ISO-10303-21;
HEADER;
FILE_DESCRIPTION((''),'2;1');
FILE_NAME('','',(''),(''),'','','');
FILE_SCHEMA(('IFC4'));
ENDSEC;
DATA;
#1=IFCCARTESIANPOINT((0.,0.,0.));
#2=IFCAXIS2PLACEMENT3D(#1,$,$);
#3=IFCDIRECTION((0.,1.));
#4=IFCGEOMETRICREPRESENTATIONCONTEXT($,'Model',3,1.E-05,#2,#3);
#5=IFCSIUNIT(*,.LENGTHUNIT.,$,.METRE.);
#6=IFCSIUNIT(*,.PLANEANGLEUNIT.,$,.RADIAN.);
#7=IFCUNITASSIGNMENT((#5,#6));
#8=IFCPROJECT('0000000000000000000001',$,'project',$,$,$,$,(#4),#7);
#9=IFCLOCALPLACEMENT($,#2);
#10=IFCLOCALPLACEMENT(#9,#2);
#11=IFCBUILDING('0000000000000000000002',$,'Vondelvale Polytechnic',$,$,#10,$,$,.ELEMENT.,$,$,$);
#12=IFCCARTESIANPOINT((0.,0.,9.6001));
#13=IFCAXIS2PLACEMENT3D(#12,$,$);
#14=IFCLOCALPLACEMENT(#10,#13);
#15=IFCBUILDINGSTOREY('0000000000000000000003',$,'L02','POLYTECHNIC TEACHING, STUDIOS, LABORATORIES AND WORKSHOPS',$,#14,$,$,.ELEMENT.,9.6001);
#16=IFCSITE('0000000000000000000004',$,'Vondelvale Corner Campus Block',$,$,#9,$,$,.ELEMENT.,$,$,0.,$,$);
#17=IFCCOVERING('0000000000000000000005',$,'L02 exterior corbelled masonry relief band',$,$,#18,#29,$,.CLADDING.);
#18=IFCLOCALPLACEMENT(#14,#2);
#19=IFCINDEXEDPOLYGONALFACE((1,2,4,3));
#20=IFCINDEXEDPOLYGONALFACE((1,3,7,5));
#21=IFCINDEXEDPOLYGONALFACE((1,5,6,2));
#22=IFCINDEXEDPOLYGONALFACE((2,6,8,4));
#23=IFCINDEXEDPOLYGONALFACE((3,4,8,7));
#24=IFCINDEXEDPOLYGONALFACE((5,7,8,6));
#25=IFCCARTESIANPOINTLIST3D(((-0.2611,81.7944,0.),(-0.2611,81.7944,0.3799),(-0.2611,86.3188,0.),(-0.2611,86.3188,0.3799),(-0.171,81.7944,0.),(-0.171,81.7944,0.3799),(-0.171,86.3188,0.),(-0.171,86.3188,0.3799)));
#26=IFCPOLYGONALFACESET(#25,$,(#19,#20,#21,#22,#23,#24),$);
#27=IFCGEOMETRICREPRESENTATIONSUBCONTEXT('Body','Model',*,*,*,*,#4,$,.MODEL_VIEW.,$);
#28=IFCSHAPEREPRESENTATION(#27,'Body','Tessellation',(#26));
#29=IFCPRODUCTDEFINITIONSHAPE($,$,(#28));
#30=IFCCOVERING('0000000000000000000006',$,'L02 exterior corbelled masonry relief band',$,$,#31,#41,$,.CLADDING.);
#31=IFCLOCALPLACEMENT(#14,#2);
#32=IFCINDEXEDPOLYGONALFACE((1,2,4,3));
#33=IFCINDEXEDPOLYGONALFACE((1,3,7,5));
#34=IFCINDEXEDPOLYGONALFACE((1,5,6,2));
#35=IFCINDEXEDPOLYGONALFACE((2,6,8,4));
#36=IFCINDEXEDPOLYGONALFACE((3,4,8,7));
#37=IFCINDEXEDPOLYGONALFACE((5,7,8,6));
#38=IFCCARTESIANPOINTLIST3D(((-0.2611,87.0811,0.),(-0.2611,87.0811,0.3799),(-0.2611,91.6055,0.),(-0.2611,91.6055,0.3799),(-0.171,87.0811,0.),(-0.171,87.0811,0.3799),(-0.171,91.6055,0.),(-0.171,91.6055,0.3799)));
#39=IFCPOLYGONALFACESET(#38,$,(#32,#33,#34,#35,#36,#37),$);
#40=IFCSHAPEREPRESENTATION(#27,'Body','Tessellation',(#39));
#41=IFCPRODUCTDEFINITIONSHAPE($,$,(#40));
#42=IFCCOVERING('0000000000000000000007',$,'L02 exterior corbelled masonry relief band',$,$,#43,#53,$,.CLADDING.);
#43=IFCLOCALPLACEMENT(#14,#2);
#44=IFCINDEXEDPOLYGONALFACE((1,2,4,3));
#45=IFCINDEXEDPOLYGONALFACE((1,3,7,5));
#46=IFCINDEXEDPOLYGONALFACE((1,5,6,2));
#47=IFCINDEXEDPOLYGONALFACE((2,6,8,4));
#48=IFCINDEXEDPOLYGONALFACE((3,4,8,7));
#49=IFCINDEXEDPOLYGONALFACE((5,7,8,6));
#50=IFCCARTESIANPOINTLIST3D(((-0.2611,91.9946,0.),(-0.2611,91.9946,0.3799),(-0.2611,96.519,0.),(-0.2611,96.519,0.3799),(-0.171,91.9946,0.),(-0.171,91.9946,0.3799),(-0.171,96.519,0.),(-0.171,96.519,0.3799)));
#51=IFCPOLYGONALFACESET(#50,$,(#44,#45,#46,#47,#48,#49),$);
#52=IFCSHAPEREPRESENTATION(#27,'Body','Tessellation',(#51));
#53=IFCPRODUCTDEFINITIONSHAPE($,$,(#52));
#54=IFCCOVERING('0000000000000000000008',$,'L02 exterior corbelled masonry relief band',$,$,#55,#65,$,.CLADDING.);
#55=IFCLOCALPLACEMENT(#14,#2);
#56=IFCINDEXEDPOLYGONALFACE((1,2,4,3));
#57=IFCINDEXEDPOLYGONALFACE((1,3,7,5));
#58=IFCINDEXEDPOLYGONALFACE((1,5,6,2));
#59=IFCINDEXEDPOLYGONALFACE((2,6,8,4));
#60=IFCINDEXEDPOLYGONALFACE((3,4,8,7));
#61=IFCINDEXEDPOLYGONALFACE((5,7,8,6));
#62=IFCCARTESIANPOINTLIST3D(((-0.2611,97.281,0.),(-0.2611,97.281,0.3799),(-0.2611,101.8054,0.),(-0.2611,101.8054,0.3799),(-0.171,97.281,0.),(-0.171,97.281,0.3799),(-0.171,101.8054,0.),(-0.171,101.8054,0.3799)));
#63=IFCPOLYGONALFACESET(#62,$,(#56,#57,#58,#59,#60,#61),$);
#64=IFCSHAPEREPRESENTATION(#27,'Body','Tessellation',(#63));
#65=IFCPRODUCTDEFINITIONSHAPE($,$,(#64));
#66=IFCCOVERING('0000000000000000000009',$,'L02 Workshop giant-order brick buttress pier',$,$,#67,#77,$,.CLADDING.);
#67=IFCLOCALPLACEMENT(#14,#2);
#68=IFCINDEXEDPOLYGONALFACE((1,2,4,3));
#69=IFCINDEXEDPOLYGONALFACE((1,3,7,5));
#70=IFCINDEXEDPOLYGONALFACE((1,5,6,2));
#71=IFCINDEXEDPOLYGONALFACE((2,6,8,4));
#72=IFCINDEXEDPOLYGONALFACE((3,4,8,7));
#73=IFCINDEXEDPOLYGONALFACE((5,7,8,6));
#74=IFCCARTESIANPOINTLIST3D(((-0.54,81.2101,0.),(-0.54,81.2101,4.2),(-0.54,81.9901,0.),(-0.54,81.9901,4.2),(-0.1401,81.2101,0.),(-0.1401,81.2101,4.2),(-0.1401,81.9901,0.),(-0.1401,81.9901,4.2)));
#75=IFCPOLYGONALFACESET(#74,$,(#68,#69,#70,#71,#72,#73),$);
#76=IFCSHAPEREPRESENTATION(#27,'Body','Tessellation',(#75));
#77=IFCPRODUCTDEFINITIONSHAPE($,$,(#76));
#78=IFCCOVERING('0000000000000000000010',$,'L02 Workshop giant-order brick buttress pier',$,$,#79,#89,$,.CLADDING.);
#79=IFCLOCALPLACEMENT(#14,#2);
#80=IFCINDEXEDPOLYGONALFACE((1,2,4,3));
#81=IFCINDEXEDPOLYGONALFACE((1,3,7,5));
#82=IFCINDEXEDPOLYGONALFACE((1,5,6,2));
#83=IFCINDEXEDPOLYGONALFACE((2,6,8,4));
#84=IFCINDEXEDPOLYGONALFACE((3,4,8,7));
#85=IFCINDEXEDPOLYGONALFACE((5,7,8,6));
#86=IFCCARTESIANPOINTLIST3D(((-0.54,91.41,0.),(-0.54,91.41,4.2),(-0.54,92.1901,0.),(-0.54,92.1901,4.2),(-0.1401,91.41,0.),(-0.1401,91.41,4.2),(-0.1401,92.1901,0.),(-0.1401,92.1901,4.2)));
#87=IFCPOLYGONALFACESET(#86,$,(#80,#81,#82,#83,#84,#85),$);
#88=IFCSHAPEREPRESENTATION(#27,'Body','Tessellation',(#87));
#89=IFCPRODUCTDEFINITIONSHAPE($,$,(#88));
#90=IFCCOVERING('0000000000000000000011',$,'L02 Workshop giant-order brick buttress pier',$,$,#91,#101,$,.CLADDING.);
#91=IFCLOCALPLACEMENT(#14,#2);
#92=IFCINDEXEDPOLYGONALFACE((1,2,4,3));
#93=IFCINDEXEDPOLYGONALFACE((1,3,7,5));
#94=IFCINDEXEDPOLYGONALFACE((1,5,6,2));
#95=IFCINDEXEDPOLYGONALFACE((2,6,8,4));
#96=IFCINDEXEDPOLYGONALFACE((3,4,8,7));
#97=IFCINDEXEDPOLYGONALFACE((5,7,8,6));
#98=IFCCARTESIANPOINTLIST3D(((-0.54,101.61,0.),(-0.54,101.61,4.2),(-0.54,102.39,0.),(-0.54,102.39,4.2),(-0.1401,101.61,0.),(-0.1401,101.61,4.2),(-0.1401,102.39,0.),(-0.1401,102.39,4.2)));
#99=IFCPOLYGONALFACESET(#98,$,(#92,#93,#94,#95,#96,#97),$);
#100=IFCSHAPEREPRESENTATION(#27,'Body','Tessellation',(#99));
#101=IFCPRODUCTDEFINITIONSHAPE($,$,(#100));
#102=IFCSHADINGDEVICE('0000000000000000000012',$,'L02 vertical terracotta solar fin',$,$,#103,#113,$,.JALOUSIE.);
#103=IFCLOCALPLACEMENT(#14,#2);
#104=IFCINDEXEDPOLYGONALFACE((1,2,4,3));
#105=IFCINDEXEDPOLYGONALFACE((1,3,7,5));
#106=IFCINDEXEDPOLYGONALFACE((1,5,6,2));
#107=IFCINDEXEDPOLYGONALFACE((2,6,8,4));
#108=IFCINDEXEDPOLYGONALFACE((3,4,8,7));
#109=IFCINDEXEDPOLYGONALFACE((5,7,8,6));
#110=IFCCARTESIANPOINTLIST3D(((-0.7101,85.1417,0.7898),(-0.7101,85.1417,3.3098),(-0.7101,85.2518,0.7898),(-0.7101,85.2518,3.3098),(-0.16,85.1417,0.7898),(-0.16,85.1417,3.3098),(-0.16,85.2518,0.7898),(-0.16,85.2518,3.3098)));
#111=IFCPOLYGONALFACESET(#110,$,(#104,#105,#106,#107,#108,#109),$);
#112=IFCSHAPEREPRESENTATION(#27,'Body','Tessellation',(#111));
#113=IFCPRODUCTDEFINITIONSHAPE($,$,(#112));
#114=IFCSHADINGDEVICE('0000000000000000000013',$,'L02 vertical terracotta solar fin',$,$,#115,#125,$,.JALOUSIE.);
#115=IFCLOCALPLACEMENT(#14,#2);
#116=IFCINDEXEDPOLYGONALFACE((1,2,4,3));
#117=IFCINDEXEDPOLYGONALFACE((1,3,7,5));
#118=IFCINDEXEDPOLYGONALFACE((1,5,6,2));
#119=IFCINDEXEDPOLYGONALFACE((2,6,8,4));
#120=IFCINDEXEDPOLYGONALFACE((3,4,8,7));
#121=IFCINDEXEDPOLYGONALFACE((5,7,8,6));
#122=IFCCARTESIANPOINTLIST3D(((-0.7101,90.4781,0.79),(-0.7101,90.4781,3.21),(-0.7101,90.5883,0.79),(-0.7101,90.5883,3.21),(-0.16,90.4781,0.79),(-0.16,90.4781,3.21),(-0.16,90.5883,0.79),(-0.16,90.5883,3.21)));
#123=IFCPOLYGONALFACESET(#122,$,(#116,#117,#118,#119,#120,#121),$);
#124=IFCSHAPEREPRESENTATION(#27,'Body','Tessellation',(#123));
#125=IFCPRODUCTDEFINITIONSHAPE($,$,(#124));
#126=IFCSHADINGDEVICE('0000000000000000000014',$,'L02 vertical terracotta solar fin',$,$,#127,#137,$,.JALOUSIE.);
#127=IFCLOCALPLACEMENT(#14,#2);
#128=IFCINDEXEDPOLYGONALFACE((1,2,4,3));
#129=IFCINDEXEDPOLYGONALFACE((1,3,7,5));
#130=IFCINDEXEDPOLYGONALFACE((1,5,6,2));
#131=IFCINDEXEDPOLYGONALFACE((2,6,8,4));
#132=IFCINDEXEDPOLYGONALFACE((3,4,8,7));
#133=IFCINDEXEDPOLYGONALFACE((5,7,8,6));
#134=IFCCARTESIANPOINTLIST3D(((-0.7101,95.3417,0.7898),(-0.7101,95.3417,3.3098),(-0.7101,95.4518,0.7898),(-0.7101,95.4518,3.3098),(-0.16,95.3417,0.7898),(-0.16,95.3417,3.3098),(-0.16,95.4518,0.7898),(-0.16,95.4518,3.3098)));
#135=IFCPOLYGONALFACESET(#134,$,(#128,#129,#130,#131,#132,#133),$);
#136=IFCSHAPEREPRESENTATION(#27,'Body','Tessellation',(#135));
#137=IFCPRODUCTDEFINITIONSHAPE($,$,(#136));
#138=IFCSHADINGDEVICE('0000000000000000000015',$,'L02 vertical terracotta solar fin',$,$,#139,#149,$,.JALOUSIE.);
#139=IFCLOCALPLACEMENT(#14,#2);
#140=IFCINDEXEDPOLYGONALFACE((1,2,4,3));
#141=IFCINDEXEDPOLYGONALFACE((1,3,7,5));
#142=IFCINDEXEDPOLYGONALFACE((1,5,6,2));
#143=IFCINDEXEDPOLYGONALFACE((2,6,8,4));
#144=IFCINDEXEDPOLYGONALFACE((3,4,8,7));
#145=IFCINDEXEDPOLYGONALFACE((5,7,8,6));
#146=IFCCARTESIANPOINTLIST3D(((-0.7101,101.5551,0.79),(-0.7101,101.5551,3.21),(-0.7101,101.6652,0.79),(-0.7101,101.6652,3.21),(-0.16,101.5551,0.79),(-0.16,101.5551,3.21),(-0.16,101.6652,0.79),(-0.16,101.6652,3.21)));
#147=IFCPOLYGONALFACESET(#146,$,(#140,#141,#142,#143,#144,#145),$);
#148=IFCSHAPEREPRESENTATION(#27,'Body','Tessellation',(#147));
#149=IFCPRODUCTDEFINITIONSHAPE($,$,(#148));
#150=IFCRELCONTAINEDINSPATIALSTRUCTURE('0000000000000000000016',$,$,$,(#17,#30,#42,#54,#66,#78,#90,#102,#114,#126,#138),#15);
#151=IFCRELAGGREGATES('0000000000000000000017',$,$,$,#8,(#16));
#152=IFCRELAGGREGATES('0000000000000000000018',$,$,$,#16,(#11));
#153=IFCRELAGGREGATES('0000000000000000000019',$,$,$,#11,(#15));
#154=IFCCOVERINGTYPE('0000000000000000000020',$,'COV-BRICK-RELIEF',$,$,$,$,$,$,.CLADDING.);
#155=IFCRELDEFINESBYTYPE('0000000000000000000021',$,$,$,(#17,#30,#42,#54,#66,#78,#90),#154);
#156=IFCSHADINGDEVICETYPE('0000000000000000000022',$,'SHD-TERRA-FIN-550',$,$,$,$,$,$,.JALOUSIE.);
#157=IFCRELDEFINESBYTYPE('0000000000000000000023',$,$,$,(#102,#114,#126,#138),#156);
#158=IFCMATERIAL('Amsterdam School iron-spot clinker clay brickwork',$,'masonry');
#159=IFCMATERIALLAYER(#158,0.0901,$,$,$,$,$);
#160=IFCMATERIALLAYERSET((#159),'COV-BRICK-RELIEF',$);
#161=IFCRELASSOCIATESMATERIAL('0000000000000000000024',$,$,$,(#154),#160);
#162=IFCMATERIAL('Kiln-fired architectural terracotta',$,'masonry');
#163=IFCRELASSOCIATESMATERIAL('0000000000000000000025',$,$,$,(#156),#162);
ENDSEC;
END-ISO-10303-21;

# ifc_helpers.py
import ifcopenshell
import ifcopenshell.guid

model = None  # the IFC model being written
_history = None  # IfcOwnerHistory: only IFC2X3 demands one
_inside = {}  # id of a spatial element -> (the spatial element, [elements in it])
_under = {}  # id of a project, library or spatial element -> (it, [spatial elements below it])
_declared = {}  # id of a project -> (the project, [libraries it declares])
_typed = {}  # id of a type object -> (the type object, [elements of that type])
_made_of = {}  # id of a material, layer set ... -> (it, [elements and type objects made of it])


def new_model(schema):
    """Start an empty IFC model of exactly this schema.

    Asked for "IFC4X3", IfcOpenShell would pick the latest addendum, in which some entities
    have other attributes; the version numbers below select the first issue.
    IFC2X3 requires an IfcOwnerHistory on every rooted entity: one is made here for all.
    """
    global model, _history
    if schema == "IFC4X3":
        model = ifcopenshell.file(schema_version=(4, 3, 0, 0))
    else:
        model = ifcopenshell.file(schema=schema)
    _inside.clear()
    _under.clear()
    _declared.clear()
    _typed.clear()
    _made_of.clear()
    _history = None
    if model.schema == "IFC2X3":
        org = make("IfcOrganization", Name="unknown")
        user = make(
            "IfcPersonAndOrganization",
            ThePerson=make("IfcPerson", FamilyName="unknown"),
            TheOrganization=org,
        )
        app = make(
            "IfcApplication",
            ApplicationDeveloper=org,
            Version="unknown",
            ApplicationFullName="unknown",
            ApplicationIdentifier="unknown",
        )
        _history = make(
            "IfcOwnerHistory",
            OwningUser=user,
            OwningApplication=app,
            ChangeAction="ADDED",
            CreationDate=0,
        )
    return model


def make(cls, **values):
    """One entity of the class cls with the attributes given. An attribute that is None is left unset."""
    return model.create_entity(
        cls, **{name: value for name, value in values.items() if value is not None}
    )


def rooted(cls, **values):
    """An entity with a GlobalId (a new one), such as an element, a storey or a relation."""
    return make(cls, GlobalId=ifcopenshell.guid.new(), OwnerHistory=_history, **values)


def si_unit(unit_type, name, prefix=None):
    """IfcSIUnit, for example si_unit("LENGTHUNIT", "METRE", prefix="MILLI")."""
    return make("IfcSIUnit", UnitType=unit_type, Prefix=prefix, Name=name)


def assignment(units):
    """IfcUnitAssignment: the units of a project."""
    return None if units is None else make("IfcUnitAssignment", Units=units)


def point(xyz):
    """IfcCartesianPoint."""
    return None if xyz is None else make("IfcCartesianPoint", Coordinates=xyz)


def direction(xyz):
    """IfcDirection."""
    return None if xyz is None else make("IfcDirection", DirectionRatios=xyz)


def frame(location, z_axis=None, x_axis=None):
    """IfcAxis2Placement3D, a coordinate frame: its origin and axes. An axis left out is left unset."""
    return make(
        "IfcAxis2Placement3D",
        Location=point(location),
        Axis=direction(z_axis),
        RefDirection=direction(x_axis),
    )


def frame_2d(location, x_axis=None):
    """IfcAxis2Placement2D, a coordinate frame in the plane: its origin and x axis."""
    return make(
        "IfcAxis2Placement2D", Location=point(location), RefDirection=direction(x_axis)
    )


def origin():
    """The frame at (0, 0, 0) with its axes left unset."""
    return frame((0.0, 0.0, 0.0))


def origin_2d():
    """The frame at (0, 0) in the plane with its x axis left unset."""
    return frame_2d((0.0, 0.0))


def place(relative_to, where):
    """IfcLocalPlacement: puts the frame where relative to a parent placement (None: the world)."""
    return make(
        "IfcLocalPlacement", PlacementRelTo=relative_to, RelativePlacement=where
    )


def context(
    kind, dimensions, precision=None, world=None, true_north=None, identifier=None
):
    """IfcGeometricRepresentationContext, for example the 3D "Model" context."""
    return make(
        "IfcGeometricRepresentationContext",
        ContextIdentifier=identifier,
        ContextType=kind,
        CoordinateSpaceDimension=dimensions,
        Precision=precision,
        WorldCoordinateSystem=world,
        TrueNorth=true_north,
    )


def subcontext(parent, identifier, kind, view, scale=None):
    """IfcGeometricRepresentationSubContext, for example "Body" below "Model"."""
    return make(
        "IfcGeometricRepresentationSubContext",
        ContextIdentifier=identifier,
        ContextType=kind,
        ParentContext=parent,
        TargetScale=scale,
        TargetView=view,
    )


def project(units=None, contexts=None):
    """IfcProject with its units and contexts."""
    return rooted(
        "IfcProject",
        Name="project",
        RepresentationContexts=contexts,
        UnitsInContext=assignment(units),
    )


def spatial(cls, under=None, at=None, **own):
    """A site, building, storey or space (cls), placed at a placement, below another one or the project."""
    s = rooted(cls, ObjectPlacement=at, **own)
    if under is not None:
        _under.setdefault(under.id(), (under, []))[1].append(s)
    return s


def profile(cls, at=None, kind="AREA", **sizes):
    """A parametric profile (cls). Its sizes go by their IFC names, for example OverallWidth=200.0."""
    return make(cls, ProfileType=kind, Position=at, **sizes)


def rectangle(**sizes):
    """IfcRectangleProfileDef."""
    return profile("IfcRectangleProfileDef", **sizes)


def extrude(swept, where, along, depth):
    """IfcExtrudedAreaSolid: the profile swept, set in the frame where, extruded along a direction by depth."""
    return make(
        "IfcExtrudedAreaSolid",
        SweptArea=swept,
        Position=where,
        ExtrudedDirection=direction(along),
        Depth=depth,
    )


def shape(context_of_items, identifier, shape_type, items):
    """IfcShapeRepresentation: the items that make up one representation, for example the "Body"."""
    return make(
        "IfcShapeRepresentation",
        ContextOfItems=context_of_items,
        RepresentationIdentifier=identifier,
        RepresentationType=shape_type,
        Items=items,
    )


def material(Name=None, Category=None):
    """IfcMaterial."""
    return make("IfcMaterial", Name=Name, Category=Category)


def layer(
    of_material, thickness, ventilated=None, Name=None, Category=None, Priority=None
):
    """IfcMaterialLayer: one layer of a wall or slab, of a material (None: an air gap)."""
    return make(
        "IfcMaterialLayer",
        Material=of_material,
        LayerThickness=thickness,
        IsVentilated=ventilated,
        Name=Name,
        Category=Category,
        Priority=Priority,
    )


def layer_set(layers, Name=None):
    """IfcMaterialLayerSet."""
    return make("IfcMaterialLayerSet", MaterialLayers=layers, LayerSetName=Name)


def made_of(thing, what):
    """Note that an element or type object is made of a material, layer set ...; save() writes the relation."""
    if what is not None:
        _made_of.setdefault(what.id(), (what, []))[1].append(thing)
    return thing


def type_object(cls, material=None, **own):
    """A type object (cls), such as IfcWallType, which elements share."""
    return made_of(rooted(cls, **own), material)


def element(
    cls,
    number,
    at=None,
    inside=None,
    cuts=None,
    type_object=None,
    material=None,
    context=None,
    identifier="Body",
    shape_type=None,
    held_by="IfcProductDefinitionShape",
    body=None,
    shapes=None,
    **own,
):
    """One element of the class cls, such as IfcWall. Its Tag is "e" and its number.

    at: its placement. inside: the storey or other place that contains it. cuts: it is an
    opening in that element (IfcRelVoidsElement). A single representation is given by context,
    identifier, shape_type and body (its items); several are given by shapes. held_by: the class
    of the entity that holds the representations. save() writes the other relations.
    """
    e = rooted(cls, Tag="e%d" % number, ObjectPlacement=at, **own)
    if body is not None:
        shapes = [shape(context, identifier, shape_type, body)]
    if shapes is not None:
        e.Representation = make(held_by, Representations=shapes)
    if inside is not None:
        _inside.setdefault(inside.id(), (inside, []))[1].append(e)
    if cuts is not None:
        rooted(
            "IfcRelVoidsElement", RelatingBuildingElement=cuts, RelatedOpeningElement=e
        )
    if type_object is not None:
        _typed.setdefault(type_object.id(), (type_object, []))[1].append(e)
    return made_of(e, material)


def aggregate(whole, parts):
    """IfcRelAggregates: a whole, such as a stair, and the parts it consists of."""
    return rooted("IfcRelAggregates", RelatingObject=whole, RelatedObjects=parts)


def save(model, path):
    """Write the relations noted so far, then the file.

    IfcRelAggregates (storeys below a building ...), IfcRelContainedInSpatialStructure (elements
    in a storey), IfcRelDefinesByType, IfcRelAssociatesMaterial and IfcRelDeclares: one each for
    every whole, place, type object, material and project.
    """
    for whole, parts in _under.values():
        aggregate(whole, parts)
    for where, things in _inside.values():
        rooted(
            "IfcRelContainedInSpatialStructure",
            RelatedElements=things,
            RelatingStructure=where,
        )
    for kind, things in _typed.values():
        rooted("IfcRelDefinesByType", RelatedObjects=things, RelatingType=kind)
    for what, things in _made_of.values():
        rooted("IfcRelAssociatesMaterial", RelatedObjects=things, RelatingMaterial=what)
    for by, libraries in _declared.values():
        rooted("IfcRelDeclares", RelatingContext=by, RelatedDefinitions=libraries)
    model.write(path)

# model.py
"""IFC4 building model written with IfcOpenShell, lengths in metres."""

from ifc_helpers import new_model, si_unit, direction, frame, origin, origin_2d, place, context, subcontext, project, spatial, rectangle, extrude, material, layer, layer_set, type_object, element, save


model = new_model("IFC4")

# Units and contexts
model_context = context("Model", 3, precision=1e-05, world=origin(), true_north=direction((0.0, 1.0)))
body_context = subcontext(model_context, "Body", "Model", "MODEL_VIEW")
ifc_project = project(units=[si_unit("LENGTHUNIT", "METRE"), si_unit("PLANEANGLEUNIT", "RADIAN")], contexts=[model_context])

# Site, building, storey
site_placement = place(None, origin())
site = spatial("IfcSite", under=ifc_project, at=site_placement, Name="Vondelvale Corner Campus Block", CompositionType="ELEMENT", RefElevation=0.0)
building_placement = place(site_placement, origin())
building = spatial("IfcBuilding", under=site, at=building_placement, Name="Vondelvale Polytechnic", CompositionType="ELEMENT")
storey_placement = place(building_placement, frame((0.0, 0.0, 9.6001)))
storey = spatial("IfcBuildingStorey", under=building, at=storey_placement, Name="L02", Description="POLYTECHNIC TEACHING, STUDIOS, LABORATORIES AND WORKSHOPS", CompositionType="ELEMENT", Elevation=9.6001)

# Shared definitions
ifc_material_1 = material(Name="Amsterdam School iron-spot clinker clay brickwork", Category="masonry")

# Coverings
ifc_layer_1 = layer(ifc_material_1, 0.0901)
ifc_layer_set_1 = layer_set([ifc_layer_1], Name="COV-BRICK-RELIEF")
covering_type = type_object("IfcCoveringType", Name="COV-BRICK-RELIEF", PredefinedType="CLADDING", material=ifc_layer_set_1)
for number, where, z_axis, x_axis, name in (
    (1, (-0.2161, 84.0566, 0.0), (0.0, 0.0, 1.0), (0.0, 1.0, 0.0), "L02 exterior corbelled masonry relief band"),
    (2, (-0.2161, 89.3433, 0.0), (0.0, 0.0, 1.0), (0.0, 1.0, 0.0), "L02 exterior corbelled masonry relief band"),
    (3, (-0.2161, 94.2568, 0.0), (0.0, 0.0, 1.0), (0.0, 1.0, 0.0), "L02 exterior corbelled masonry relief band"),
    (4, (-0.2161, 99.5432, 0.0), (0.0, 0.0, 1.0), (0.0, 1.0, 0.0), "L02 exterior corbelled masonry relief band"),
):
    element("IfcCovering", number, at=place(storey_placement, frame(where, z_axis=z_axis, x_axis=x_axis)), inside=storey, type_object=covering_type, Name=name, PredefinedType="CLADDING", context=body_context, shape_type="SweptSolid", body=[
        extrude(rectangle(XDim=4.5244, YDim=0.0901, at=origin_2d()), origin(), (0.0, 0.0, 1.0), 0.3799),
    ])
for number, where, z_axis, x_axis, name in (
    (5, (-0.3401, 81.6001, 0.0), (0.0, 0.0, 1.0), (1.0, 0.0, 0.0), "L02 Workshop giant-order brick buttress pier"),
    (6, (-0.3401, 91.8, 0.0), (0.0, 0.0, 1.0), (1.0, 0.0, 0.0), "L02 Workshop giant-order brick buttress pier"),
    (7, (-0.3401, 102.0, 0.0), (0.0, 0.0, 1.0), (1.0, 0.0, 0.0), "L02 Workshop giant-order brick buttress pier"),
):
    element("IfcCovering", number, at=place(storey_placement, frame(where, z_axis=z_axis, x_axis=x_axis)), inside=storey, type_object=covering_type, Name=name, PredefinedType="CLADDING", context=body_context, shape_type="SweptSolid", body=[
        extrude(rectangle(XDim=0.3999, YDim=0.78, at=origin_2d()), origin(), (0.0, 0.0, 1.0), 4.2),
    ])

# Shading devices
ifc_material_2 = material(Name="Kiln-fired architectural terracotta", Category="masonry")
shading_device_type = type_object("IfcShadingDeviceType", Name="SHD-TERRA-FIN-550", PredefinedType="JALOUSIE", material=ifc_material_2)
shading_device_1_placement = place(storey_placement, frame((-0.4351, 85.1968, 0.7898), z_axis=(0.0, 0.0, 1.0), x_axis=(0.0, 1.0, 0.0)))
element("IfcShadingDevice", 8, at=shading_device_1_placement, inside=storey, type_object=shading_device_type, Name="L02 vertical terracotta solar fin", PredefinedType="JALOUSIE", context=body_context, shape_type="SweptSolid", body=[
    extrude(rectangle(XDim=0.1101, YDim=0.55, at=origin_2d()), origin(), (0.0, 0.0, 1.0), 2.52),
])
shading_device_2_placement = place(storey_placement, frame((-0.4351, 90.5332, 0.79), z_axis=(0.0, 0.0, 1.0), x_axis=(0.0, 1.0, 0.0)))
element("IfcShadingDevice", 9, at=shading_device_2_placement, inside=storey, type_object=shading_device_type, Name="L02 vertical terracotta solar fin", PredefinedType="JALOUSIE", context=body_context, shape_type="SweptSolid", body=[
    extrude(rectangle(XDim=0.1101, YDim=0.55, at=origin_2d()), origin(), (0.0, 0.0, 1.0), 2.4199),
])
shading_device_3_placement = place(storey_placement, frame((-0.4351, 95.3967, 0.7898), z_axis=(0.0, 0.0, 1.0), x_axis=(0.0, 1.0, 0.0)))
element("IfcShadingDevice", 10, at=shading_device_3_placement, inside=storey, type_object=shading_device_type, Name="L02 vertical terracotta solar fin", PredefinedType="JALOUSIE", context=body_context, shape_type="SweptSolid", body=[
    extrude(rectangle(XDim=0.1101, YDim=0.55, at=origin_2d()), origin(), (0.0, 0.0, 1.0), 2.52),
])
shading_device_4_placement = place(storey_placement, frame((-0.4351, 101.6101, 0.79), z_axis=(0.0, 0.0, 1.0), x_axis=(0.0, 1.0, 0.0)))
element("IfcShadingDevice", 11, at=shading_device_4_placement, inside=storey, type_object=shading_device_type, Name="L02 vertical terracotta solar fin", PredefinedType="JALOUSIE", context=body_context, shape_type="SweptSolid", body=[
    extrude(rectangle(XDim=0.1101, YDim=0.55, at=origin_2d()), origin(), (0.0, 0.0, 1.0), 2.4199),
])

save(model, "model.ifc")
